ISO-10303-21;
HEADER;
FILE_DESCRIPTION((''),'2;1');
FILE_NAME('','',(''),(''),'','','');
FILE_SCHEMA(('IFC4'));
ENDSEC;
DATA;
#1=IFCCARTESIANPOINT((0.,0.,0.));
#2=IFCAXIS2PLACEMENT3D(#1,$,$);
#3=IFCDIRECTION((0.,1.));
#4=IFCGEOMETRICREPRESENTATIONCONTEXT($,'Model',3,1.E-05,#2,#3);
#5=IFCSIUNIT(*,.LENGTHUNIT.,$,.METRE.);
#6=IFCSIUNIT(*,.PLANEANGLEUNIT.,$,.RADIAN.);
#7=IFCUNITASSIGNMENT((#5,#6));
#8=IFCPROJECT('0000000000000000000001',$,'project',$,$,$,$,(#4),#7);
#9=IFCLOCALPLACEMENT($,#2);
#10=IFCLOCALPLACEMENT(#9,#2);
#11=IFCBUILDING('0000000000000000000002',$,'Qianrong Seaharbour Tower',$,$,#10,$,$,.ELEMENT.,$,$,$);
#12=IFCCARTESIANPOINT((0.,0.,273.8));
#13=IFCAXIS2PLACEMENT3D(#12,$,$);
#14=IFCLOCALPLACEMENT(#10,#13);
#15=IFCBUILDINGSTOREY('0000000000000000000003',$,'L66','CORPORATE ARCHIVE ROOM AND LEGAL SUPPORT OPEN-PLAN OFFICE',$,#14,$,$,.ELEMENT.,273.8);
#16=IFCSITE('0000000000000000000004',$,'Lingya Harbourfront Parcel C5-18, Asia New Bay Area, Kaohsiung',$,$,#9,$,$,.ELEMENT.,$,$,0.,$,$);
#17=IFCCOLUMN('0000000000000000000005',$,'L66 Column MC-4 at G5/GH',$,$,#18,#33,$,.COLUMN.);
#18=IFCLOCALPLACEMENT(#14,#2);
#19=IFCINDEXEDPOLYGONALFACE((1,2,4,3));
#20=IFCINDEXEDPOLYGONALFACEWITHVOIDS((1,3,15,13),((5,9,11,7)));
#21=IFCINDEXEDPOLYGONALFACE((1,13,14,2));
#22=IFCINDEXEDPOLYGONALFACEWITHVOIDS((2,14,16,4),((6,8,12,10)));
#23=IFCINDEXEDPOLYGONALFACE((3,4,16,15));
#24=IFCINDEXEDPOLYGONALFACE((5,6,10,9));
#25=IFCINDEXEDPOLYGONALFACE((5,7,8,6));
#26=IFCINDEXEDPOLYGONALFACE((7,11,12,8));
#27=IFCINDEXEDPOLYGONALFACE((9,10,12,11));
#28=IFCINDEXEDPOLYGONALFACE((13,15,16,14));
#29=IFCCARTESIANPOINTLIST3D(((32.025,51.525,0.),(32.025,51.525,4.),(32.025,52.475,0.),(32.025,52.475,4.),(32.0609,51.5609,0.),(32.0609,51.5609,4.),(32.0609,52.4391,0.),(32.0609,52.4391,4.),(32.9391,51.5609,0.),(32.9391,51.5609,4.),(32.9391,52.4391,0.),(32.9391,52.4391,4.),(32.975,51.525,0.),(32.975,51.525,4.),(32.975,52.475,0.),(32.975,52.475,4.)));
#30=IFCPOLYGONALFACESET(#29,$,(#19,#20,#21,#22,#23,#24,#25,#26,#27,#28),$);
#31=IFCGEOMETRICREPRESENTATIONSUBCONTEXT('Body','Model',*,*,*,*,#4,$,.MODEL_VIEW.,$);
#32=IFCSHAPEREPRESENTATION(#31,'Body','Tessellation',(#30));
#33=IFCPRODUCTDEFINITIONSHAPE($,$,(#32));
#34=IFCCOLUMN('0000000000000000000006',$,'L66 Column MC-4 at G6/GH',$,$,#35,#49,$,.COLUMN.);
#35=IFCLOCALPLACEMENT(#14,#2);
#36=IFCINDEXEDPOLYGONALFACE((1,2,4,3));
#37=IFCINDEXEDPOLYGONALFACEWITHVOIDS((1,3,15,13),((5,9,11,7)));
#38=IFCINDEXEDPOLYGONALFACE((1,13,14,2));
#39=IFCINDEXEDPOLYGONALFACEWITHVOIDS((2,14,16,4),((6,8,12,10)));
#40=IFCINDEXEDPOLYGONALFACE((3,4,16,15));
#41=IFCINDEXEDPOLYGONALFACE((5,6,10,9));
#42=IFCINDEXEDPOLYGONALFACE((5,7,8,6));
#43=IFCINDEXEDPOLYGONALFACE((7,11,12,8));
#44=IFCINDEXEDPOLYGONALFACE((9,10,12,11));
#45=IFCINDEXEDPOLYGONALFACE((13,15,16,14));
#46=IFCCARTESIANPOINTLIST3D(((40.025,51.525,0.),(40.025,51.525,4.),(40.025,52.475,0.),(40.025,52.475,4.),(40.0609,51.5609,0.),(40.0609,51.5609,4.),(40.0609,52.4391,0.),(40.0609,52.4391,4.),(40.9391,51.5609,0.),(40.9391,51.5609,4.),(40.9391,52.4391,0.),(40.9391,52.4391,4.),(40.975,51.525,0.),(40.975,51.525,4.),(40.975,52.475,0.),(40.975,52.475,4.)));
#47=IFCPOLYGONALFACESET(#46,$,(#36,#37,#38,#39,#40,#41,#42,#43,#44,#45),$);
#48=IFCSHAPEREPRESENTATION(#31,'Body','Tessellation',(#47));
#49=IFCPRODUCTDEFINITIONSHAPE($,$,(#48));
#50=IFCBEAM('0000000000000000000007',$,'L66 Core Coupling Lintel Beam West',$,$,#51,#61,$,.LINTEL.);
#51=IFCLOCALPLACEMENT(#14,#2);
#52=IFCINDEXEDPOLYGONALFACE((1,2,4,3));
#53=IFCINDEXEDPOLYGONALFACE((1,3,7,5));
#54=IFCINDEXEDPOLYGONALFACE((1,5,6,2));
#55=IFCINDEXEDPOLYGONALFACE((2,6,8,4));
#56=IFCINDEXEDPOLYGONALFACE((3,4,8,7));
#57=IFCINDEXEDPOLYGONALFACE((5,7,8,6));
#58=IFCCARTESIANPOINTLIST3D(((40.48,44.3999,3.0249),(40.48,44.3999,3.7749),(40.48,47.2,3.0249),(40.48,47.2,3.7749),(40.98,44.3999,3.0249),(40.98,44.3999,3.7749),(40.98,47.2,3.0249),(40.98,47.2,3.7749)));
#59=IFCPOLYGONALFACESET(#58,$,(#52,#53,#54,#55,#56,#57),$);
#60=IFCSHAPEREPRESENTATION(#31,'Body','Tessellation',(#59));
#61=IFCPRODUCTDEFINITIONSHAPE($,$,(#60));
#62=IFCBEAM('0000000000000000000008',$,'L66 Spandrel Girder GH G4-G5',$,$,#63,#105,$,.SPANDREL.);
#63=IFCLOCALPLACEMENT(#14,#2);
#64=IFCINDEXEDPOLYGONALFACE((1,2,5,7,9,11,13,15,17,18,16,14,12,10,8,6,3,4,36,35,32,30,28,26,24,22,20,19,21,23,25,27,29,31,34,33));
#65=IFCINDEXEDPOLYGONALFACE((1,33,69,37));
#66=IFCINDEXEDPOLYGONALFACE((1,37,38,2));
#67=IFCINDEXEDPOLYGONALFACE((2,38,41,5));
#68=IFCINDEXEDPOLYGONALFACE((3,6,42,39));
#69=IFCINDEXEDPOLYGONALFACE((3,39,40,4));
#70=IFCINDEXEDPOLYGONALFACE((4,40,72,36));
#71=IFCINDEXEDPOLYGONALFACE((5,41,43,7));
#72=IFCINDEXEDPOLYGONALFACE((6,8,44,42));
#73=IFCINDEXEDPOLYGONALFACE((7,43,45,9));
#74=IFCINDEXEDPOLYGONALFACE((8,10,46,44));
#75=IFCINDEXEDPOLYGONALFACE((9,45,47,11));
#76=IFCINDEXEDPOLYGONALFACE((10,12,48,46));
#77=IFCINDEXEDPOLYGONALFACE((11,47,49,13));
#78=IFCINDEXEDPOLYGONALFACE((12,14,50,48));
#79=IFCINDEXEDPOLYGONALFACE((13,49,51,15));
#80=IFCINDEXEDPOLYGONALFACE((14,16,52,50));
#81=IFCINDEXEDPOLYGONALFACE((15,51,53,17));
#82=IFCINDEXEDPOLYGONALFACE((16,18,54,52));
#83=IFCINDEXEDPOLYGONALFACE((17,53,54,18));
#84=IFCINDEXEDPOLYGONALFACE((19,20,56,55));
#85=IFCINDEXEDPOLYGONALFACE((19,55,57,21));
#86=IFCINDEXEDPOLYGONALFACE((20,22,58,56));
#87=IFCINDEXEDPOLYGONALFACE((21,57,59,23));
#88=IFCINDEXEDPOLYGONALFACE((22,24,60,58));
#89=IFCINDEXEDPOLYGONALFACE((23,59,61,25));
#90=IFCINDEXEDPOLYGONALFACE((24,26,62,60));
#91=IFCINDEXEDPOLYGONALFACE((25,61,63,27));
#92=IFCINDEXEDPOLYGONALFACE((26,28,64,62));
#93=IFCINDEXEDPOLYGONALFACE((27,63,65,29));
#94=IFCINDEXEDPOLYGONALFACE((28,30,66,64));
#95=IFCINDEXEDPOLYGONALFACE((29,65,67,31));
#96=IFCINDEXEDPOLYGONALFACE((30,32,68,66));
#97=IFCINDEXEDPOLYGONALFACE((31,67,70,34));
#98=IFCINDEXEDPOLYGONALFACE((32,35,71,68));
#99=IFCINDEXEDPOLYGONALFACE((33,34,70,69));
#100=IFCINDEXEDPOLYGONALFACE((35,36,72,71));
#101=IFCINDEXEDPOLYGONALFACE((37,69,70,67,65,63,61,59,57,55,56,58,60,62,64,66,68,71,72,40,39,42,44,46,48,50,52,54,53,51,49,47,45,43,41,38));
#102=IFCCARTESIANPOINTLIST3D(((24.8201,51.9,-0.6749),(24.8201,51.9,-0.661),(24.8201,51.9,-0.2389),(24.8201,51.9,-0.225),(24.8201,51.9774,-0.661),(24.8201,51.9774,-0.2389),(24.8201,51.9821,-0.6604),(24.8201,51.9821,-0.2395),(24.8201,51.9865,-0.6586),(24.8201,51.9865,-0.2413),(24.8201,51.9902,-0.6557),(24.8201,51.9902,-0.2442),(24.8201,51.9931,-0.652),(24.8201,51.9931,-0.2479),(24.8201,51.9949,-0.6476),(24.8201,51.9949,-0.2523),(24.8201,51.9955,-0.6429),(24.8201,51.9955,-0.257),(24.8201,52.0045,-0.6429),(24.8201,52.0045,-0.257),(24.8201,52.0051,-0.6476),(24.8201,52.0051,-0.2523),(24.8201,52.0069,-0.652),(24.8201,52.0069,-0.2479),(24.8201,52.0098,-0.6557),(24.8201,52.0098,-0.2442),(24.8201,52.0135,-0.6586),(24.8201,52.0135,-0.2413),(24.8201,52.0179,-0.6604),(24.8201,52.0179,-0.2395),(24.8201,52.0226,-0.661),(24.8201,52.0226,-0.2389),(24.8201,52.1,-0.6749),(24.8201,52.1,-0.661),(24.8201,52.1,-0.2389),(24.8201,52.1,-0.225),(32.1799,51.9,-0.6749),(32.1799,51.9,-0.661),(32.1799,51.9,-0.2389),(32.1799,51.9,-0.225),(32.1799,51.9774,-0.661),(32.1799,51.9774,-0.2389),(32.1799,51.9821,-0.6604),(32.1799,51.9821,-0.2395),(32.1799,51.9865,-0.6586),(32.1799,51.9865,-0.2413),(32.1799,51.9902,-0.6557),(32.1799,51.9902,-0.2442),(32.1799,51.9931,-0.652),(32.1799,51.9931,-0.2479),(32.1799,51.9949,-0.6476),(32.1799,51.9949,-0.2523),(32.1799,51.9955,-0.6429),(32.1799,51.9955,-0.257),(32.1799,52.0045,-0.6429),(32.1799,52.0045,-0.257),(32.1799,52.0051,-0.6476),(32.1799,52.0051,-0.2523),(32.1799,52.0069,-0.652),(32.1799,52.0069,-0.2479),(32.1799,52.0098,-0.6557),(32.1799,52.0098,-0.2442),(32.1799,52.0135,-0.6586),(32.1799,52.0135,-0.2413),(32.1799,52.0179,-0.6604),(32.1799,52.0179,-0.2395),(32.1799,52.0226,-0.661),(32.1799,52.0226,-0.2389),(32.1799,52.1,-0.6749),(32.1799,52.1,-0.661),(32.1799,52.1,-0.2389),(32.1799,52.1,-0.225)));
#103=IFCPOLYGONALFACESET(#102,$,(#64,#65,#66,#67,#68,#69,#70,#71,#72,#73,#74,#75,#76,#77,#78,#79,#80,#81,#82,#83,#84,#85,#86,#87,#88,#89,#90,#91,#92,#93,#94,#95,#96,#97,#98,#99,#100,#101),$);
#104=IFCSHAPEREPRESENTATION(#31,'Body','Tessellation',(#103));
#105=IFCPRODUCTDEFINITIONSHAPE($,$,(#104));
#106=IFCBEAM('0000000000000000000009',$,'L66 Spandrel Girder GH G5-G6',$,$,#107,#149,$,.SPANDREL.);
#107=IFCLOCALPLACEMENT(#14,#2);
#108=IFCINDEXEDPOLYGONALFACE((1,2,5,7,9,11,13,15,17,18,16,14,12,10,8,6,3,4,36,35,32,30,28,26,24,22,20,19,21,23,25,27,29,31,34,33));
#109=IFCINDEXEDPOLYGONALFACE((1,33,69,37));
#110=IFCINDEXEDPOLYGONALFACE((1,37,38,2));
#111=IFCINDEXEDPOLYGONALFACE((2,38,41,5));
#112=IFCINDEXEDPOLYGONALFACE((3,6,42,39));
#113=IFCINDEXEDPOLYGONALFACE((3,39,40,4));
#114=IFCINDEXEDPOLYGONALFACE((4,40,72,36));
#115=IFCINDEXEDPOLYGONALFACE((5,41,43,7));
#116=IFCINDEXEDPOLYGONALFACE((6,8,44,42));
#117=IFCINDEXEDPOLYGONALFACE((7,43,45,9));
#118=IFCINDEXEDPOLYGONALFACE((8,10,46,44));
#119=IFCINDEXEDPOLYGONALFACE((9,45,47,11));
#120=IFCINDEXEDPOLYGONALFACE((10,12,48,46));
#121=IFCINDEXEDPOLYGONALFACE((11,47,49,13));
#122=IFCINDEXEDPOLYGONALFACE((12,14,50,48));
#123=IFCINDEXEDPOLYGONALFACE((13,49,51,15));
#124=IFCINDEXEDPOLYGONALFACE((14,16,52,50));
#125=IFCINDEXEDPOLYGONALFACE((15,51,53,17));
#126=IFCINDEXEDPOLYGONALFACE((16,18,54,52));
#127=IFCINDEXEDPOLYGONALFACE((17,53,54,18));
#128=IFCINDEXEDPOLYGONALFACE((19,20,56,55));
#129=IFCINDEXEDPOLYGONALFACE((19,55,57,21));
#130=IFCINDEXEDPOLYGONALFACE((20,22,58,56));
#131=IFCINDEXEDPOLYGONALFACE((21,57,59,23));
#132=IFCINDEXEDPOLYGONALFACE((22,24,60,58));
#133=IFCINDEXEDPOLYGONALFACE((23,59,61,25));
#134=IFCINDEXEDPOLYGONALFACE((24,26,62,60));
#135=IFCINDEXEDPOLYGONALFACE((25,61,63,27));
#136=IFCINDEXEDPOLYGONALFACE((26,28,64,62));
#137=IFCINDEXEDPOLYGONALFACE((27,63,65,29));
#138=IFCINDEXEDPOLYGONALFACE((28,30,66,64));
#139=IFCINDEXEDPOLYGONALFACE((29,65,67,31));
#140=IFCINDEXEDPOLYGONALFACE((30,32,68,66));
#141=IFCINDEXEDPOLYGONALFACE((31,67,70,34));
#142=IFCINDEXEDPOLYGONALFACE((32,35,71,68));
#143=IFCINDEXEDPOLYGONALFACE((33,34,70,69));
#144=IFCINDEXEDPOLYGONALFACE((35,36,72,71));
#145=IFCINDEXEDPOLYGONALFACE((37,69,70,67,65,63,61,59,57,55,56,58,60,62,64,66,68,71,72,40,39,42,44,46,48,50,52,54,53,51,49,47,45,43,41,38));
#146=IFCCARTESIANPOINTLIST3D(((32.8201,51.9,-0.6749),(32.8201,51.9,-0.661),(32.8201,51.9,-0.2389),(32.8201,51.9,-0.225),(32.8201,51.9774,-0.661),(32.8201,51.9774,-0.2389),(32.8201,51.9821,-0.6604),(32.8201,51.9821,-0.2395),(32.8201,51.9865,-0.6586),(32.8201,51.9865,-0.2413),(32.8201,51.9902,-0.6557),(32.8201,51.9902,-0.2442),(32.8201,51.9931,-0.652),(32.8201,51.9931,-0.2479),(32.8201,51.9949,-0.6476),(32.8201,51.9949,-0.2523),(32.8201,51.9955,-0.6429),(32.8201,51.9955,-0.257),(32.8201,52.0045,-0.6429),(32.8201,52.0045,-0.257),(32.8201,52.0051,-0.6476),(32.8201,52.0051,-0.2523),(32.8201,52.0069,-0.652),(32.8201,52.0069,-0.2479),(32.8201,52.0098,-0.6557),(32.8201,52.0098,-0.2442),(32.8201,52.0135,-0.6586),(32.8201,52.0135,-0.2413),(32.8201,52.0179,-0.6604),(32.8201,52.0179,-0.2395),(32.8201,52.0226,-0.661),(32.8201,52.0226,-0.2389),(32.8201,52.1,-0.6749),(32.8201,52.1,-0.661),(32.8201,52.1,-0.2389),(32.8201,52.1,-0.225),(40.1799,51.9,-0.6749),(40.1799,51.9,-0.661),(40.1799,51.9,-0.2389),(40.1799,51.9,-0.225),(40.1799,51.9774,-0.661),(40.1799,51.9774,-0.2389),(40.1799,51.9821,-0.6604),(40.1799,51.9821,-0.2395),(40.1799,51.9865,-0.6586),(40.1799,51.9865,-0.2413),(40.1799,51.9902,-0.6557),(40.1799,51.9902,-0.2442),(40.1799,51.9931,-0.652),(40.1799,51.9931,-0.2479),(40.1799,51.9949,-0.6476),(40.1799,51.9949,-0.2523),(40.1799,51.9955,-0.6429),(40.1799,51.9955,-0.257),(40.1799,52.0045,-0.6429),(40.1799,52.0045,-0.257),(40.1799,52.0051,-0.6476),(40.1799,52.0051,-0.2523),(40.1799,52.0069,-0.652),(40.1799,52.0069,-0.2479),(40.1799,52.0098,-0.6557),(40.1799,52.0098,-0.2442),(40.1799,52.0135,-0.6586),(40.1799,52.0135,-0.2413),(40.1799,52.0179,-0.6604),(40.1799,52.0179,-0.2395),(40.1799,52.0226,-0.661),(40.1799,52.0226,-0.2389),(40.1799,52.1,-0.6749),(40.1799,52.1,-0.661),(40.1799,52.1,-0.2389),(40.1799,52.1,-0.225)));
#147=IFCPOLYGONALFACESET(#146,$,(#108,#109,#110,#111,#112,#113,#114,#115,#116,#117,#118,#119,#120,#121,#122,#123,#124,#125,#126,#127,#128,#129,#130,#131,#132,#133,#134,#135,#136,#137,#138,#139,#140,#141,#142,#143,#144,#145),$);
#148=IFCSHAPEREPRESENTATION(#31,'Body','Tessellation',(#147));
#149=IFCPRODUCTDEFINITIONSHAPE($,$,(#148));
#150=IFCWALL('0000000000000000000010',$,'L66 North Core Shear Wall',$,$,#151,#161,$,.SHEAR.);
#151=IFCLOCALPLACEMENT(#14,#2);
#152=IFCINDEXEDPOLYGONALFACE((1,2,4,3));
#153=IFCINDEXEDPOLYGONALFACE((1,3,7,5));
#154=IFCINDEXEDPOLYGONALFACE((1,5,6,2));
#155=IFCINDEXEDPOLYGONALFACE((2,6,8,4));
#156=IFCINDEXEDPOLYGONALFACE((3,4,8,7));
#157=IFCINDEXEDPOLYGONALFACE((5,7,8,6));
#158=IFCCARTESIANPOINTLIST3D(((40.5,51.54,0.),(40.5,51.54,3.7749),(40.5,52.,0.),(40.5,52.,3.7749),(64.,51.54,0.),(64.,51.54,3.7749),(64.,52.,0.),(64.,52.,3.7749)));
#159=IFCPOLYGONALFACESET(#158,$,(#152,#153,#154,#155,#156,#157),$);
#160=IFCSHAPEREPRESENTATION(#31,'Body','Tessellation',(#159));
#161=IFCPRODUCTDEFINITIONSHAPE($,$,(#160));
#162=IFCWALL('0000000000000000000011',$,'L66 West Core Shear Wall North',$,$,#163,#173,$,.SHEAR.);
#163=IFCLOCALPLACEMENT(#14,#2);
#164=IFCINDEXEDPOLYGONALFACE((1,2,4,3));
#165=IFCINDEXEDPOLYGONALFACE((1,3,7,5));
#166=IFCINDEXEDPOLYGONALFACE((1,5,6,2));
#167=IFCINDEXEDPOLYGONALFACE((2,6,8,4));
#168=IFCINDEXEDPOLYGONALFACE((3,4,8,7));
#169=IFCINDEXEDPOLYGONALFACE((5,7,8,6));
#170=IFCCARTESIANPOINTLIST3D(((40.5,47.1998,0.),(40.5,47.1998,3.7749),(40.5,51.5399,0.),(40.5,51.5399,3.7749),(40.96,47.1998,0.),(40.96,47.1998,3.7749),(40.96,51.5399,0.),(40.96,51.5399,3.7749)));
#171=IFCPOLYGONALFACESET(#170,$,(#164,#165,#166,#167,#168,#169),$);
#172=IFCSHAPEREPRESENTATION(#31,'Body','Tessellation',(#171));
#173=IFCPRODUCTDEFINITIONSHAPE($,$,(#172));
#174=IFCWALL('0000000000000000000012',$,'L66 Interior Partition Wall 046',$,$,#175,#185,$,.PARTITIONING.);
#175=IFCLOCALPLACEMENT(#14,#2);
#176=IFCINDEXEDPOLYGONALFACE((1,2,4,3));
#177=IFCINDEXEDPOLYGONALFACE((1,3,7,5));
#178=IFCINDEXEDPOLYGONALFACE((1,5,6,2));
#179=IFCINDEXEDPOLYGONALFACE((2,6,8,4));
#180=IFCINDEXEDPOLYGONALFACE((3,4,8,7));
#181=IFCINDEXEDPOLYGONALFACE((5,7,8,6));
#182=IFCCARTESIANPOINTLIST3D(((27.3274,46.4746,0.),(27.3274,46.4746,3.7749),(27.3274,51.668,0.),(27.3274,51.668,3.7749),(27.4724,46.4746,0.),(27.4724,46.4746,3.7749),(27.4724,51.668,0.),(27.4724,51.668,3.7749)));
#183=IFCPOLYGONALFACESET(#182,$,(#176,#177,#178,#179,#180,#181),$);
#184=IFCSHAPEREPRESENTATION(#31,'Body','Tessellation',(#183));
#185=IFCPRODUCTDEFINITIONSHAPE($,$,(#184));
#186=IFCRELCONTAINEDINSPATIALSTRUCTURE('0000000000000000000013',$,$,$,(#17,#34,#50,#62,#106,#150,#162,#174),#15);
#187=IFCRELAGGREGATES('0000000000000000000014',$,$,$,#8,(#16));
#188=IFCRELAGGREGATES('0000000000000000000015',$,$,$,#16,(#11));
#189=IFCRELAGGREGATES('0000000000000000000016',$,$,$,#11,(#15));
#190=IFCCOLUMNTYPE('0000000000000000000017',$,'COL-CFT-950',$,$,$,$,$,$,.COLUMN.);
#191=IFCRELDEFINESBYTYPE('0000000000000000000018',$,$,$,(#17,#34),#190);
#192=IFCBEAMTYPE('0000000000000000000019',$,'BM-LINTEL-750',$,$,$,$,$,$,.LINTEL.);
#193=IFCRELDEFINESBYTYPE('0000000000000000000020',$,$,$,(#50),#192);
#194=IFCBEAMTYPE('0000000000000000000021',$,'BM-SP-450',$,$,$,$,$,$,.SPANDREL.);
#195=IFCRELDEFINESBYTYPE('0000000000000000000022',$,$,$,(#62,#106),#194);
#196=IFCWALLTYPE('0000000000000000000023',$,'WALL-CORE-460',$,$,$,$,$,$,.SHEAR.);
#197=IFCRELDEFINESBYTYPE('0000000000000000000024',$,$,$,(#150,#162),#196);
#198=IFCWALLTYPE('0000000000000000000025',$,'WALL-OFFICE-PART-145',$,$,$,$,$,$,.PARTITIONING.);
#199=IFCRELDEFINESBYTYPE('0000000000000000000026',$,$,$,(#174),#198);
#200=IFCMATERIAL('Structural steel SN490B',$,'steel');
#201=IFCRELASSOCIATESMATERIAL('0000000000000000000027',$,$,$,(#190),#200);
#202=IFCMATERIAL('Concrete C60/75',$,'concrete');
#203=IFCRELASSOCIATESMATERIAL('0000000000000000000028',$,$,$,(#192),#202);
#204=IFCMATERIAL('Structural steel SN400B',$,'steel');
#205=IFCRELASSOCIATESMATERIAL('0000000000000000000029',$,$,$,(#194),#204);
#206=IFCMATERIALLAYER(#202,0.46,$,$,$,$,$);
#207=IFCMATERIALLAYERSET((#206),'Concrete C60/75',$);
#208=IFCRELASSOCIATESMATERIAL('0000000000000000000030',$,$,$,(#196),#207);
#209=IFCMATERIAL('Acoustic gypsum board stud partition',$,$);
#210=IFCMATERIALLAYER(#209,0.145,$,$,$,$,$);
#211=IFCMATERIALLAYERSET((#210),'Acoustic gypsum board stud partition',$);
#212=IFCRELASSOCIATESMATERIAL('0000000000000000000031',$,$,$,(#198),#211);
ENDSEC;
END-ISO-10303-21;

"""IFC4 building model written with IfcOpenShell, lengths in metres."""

from ifc_helpers import new_model, si_unit, direction, frame, frame_2d, origin, origin_2d, place, context, subcontext, project, spatial, rectangle, hollow_rectangle, i_section, extrude, material, layer, layer_set, material_profile, profile_set, type_object, element, save


model = new_model("IFC4")

# Units and contexts
model_context = context("Model", 3, precision=1e-05, world=origin(), true_north=direction((0.0, 1.0)))
body_context = subcontext(model_context, "Body", "Model", "MODEL_VIEW")
ifc_project = project(units=[si_unit("LENGTHUNIT", "METRE"), si_unit("PLANEANGLEUNIT", "RADIAN")], contexts=[model_context])

# Site, building, storey
site_placement = place(None, origin())
site = spatial("IfcSite", under=ifc_project, at=site_placement, Name="Lingya Harbourfront Parcel C5-18, Asia New Bay Area, Kaohsiung", CompositionType="ELEMENT", RefElevation=0.0)
building_placement = place(site_placement, origin())
building = spatial("IfcBuilding", under=site, at=building_placement, Name="Qianrong Seaharbour Tower", CompositionType="ELEMENT")
storey_placement = place(building_placement, frame((0.0, 0.0, 273.8)))
storey = spatial("IfcBuildingStorey", under=building, at=storey_placement, Name="L66", Description="CORPORATE ARCHIVE ROOM AND LEGAL SUPPORT OPEN-PLAN OFFICE", CompositionType="ELEMENT", Elevation=273.8)

# Columns
ifc_material_1 = material(Name="Structural steel SN490B", Category="steel")
ifc_material_profile_1 = material_profile(ifc_material_1, hollow_rectangle(XDim=0.95, YDim=0.95, WallThickness=0.0359, at=origin_2d()), Name="BOX950x950x36")
ifc_profile_set_1 = profile_set([ifc_material_profile_1], Name="Structural steel SN490B")
column_type = type_object("IfcColumnType", Name="COL-CFT-950", PredefinedType="COLUMN", material=ifc_profile_set_1)
for number, where, z_axis, x_axis, name in (
    (1, (32.5, 52.0, 0.0), (0.0, 0.0, 1.0), (1.0, 0.0, 0.0), "L66 Column MC-4 at G5/GH"),
    (2, (40.5, 52.0, 0.0), (0.0, 0.0, 1.0), (1.0, 0.0, 0.0), "L66 Column MC-4 at G6/GH"),
):
    element("IfcColumn", number, at=place(storey_placement, frame(where, z_axis=z_axis, x_axis=x_axis)), inside=storey, type_object=column_type, Name=name, PredefinedType="COLUMN", context=body_context, shape_type="SweptSolid", body=[
        extrude(hollow_rectangle(XDim=0.95, YDim=0.95, WallThickness=0.0359, at=origin_2d()), origin(), (0.0, 0.0, 1.0), 4.0),
    ])

# Beams
ifc_material_2 = material(Name="Concrete C60/75", Category="concrete")
ifc_material_profile_2 = material_profile(ifc_material_2, rectangle(XDim=0.5, YDim=0.75, at=origin_2d()), Name="RC500x750")
ifc_profile_set_2 = profile_set([ifc_material_profile_2], Name="Concrete C60/75")
beam_type_1 = type_object("IfcBeamType", Name="BM-LINTEL-750", PredefinedType="LINTEL", material=ifc_profile_set_2)
beam_placement = place(storey_placement, frame((40.73, 44.3999, 3.3999), z_axis=(0.0, 1.0, 0.0), x_axis=(-1.0, 0.0, 0.0)))
element("IfcBeam", 3, at=beam_placement, inside=storey, type_object=beam_type_1, Name="L66 Core Coupling Lintel Beam West", PredefinedType="LINTEL", context=body_context, shape_type="SweptSolid", body=[
    extrude(rectangle(XDim=0.5, YDim=0.75, at=origin_2d()), origin(), (0.0, 0.0, 1.0), 2.8),
])
ifc_material_3 = material(Name="Structural steel SN400B", Category="steel")
ifc_material_profile_3 = material_profile(ifc_material_3, i_section(OverallWidth=0.2, OverallDepth=0.45, WebThickness=0.009, FlangeThickness=0.0139, FilletRadius=0.0181, at=origin_2d()), Name="H450x200x9x14")
ifc_profile_set_3 = profile_set([ifc_material_profile_3], Name="Structural steel SN400B")
beam_type_2 = type_object("IfcBeamType", Name="BM-SP-450", PredefinedType="SPANDREL", material=ifc_profile_set_3)
for number, where, z_axis, x_axis, name in (
    (4, (24.8201, 52.0, -0.45), (1.0, 0.0, 0.0), (0.0, 1.0, 0.0), "L66 Spandrel Girder GH G4-G5"),
    (5, (32.8201, 52.0, -0.45), (1.0, 0.0, 0.0), (0.0, 1.0, 0.0), "L66 Spandrel Girder GH G5-G6"),
):
    element("IfcBeam", number, at=place(storey_placement, frame(where, z_axis=z_axis, x_axis=x_axis)), inside=storey, type_object=beam_type_2, Name=name, PredefinedType="SPANDREL", context=body_context, shape_type="SweptSolid", body=[
        extrude(i_section(OverallWidth=0.2, OverallDepth=0.45, WebThickness=0.009, FlangeThickness=0.0139, FilletRadius=0.0181, at=origin_2d()), origin(), (0.0, 0.0, 1.0), 7.3599),
    ])

# Walls
ifc_layer_1 = layer(ifc_material_2, 0.46)
ifc_layer_set_1 = layer_set([ifc_layer_1], Name="Concrete C60/75")
wall_type_1 = type_object("IfcWallType", Name="WALL-CORE-460", PredefinedType="SHEAR", material=ifc_layer_set_1)
wall_1_placement = place(storey_placement, frame((40.5, 51.77, 0.0), z_axis=(0.0, 0.0, 1.0), x_axis=(1.0, 0.0, 0.0)))
element("IfcWall", 6, at=wall_1_placement, inside=storey, type_object=wall_type_1, Name="L66 North Core Shear Wall", PredefinedType="SHEAR", context=body_context, shape_type="SweptSolid", body=[
    extrude(rectangle(XDim=23.5, YDim=0.46, at=frame_2d((11.75, 0.0))), origin(), (0.0, 0.0, 1.0), 3.7749),
])
wall_2_placement = place(storey_placement, frame((40.73, 47.2, 0.0), z_axis=(0.0, 0.0, 1.0), x_axis=(0.0, 1.0, 0.0)))
element("IfcWall", 7, at=wall_2_placement, inside=storey, type_object=wall_type_1, Name="L66 West Core Shear Wall North", PredefinedType="SHEAR", context=body_context, shape_type="SweptSolid", body=[
    extrude(rectangle(XDim=4.3401, YDim=0.46, at=frame_2d((2.1699, 0.0))), origin(), (0.0, 0.0, 1.0), 3.7749),
])

# Wall
ifc_material_4 = material(Name="Acoustic gypsum board stud partition")
ifc_layer_2 = layer(ifc_material_4, 0.145)
ifc_layer_set_2 = layer_set([ifc_layer_2], Name="Acoustic gypsum board stud partition")
wall_type_2 = type_object("IfcWallType", Name="WALL-OFFICE-PART-145", PredefinedType="PARTITIONING", material=ifc_layer_set_2)
wall_3_placement = place(storey_placement, frame((27.3999, 51.668, 0.0), z_axis=(0.0, 0.0, 1.0), x_axis=(0.0, -1.0, 0.0)))
element("IfcWall", 8, at=wall_3_placement, inside=storey, type_object=wall_type_2, Name="L66 Interior Partition Wall 046", PredefinedType="PARTITIONING", context=body_context, shape_type="SweptSolid", body=[
    extrude(rectangle(XDim=5.1934, YDim=0.145, at=frame_2d((2.5967, 0.0))), origin(), (0.0, 0.0, 1.0), 3.7749),
])

save(model, "model.ifc")
